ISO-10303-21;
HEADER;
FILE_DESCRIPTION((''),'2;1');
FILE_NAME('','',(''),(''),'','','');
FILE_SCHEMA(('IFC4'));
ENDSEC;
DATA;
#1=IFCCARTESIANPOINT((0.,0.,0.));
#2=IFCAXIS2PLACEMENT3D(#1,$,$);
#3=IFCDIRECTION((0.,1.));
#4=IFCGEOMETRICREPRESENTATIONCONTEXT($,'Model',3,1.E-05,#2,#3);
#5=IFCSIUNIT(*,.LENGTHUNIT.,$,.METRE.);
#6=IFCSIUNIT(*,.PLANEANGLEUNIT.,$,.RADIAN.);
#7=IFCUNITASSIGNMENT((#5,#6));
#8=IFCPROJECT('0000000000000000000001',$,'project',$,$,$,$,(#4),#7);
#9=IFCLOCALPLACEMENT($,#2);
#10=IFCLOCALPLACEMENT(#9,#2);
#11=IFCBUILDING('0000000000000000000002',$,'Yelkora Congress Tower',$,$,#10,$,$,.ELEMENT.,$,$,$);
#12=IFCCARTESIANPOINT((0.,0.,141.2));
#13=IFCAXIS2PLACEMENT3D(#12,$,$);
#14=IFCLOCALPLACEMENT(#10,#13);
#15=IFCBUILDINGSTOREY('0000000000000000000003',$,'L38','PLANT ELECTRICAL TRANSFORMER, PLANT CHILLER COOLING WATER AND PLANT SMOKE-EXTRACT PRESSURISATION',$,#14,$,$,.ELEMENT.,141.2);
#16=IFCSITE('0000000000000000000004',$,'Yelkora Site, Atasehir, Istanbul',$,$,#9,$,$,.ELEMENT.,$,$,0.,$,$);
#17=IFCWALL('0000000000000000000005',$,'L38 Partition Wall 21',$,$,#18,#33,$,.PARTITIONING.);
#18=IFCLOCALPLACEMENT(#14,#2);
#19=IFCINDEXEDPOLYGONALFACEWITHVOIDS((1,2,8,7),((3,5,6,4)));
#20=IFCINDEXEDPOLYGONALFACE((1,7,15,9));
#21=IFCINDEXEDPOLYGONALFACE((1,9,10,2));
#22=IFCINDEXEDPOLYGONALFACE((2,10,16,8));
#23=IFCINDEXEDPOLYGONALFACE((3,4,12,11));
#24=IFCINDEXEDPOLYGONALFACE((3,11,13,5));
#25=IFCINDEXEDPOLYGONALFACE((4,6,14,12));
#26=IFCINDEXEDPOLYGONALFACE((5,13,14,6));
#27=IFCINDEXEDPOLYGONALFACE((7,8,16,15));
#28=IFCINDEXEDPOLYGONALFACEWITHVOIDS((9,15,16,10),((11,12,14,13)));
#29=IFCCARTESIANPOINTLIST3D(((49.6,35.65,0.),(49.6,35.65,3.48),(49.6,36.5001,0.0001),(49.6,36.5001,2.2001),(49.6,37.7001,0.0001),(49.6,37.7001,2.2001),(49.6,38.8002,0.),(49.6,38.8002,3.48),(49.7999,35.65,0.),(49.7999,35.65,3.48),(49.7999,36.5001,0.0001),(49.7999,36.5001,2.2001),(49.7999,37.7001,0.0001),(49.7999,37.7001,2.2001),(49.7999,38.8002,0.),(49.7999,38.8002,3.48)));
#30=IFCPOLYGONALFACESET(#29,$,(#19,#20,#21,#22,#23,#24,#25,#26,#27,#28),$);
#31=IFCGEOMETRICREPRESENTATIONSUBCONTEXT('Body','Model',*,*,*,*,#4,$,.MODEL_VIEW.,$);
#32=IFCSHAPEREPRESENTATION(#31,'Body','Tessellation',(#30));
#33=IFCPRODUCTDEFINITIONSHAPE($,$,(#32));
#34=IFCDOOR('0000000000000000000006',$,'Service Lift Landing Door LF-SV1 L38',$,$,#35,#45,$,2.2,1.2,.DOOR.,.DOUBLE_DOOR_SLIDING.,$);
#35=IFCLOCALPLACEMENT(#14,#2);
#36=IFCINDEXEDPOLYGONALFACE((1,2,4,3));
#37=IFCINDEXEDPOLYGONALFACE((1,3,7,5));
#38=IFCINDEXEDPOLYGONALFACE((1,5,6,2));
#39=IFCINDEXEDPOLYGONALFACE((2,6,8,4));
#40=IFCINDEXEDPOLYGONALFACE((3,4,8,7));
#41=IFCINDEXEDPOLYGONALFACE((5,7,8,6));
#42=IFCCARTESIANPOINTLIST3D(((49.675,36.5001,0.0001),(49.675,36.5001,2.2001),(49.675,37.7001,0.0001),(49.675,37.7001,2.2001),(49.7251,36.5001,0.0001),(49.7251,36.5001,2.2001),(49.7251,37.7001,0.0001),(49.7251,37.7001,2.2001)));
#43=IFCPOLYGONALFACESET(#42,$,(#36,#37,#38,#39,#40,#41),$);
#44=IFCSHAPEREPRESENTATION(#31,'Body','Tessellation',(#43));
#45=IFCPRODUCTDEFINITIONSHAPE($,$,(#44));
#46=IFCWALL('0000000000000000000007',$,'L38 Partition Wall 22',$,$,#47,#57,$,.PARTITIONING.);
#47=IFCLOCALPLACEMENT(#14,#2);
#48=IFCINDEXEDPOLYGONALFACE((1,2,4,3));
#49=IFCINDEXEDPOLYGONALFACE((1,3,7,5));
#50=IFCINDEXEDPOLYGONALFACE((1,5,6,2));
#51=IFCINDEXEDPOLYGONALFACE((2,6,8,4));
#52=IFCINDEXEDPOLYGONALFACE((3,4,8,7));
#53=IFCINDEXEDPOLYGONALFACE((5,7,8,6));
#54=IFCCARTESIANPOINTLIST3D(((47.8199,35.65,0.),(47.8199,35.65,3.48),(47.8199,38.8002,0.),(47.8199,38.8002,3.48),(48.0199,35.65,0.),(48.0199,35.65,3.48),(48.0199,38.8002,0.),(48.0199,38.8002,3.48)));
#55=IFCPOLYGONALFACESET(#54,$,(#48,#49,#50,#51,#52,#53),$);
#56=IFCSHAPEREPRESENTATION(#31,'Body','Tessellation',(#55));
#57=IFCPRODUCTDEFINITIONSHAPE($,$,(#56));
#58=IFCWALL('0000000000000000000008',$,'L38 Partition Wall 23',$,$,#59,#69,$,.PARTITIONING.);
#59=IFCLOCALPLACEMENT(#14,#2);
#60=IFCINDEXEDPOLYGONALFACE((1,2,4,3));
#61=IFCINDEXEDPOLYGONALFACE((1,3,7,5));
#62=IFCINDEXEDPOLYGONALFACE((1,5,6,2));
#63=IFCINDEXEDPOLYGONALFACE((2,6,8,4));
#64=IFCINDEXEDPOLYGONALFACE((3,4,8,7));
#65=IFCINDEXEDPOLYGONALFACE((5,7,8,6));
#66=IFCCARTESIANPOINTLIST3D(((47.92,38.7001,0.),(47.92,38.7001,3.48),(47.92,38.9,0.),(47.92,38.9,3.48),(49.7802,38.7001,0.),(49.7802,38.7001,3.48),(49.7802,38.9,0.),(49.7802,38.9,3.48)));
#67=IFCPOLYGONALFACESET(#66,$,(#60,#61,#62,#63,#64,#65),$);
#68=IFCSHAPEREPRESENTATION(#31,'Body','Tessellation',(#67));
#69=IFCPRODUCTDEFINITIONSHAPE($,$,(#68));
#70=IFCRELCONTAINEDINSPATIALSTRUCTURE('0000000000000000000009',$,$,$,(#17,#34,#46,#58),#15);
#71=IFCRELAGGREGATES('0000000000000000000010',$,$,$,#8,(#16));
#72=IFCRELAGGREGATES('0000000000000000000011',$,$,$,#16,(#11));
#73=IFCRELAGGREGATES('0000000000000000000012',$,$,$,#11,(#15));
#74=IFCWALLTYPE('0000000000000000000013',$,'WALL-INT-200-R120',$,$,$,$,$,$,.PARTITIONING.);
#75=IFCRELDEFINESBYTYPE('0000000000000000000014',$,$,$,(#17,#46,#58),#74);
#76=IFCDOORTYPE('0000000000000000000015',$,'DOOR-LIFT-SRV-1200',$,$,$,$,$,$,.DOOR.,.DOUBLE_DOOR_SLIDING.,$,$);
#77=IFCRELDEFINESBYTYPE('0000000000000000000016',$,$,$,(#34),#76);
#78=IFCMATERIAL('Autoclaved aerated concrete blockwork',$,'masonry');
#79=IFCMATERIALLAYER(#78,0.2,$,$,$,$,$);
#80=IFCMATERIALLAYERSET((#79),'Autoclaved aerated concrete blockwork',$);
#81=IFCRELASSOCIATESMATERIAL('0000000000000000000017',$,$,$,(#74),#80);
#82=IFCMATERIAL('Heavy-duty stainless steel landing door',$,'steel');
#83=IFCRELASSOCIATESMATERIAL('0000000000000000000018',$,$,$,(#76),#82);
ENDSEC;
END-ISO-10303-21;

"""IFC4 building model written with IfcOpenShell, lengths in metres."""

from ifc_helpers import new_model, si_unit, direction, frame, frame_2d, origin, place, context, subcontext, project, spatial, rectangle, extrude, material, layer, layer_set, type_object, element, fill, save


model = new_model("IFC4")

# Units and contexts
model_context = context("Model", 3, precision=1e-05, world=origin(), true_north=direction((0.0, 1.0)))
body_context = subcontext(model_context, "Body", "Model", "MODEL_VIEW")
ifc_project = project(units=[si_unit("LENGTHUNIT", "METRE"), si_unit("PLANEANGLEUNIT", "RADIAN")], contexts=[model_context])

# Site, building, storey
site_placement = place(None, origin())
site = spatial("IfcSite", under=ifc_project, at=site_placement, Name="Yelkora Site, Atasehir, Istanbul", CompositionType="ELEMENT", RefElevation=0.0)
building_placement = place(site_placement, origin())
building = spatial("IfcBuilding", under=site, at=building_placement, Name="Yelkora Congress Tower", CompositionType="ELEMENT")
storey_placement = place(building_placement, frame((0.0, 0.0, 141.2)))
storey = spatial("IfcBuildingStorey", under=building, at=storey_placement, Name="L38", Description="PLANT ELECTRICAL TRANSFORMER, PLANT CHILLER COOLING WATER AND PLANT SMOKE-EXTRACT PRESSURISATION", CompositionType="ELEMENT", Elevation=141.2)

# Wall, opening, door
ifc_material_1 = material(Name="Autoclaved aerated concrete blockwork", Category="masonry")
ifc_layer_1 = layer(ifc_material_1, 0.2)
ifc_layer_set_1 = layer_set([ifc_layer_1], Name="Autoclaved aerated concrete blockwork")
wall_type_1 = type_object("IfcWallType", Name="WALL-INT-200-R120", PredefinedType="PARTITIONING", material=ifc_layer_set_1)
wall_1_placement = place(storey_placement, frame((49.7, 35.6499, 0.0), z_axis=(0.0, 0.0, 1.0), x_axis=(0.0, 1.0, 0.0)))
wall_1 = element("IfcWall", 1, at=wall_1_placement, inside=storey, type_object=wall_type_1, Name="L38 Partition Wall 21", PredefinedType="PARTITIONING", context=body_context, shape_type="SweptSolid", body=[
    extrude(rectangle(XDim=3.1501, YDim=0.2, at=frame_2d((1.5752, 0.0))), origin(), (0.0, 0.0, 1.0), 3.48),
])
opening_1_placement = place(wall_1_placement, frame((0.8501, 0.0, 0.0)))
opening_1 = element("IfcOpeningElement", 2, at=opening_1_placement, cuts=wall_1, PredefinedType="OPENING", context=body_context, shape_type="SweptSolid", body=[
    extrude(rectangle(XDim=1.2, YDim=2.2, at=frame_2d((0.6001, 1.1001))), frame((0.0, 0.1099, 0.0), z_axis=(0.0, -1.0, 0.0), x_axis=(1.0, 0.0, 0.0)), (0.0, 0.0, 1.0), 0.22),
])
ifc_material_2 = material(Name="Heavy-duty stainless steel landing door", Category="steel")
door_type_1 = type_object("IfcDoorType", Name="DOOR-LIFT-SRV-1200", OperationType="DOUBLE_DOOR_SLIDING", PredefinedType="DOOR", material=ifc_material_2)
door_1_placement = place(opening_1_placement, origin())
door_1 = element("IfcDoor", 3, at=door_1_placement, inside=storey, type_object=door_type_1, Name="Service Lift Landing Door LF-SV1 L38", OperationType="DOUBLE_DOOR_SLIDING", OverallHeight=2.2, OverallWidth=1.2, PredefinedType="DOOR", context=body_context, shape_type="SweptSolid", body=[
    extrude(rectangle(XDim=1.2, YDim=2.2, at=frame_2d((0.6001, 1.1001))), frame((0.0, 0.0249, 0.0), z_axis=(0.0, -1.0, 0.0), x_axis=(1.0, 0.0, 0.0)), (0.0, 0.0, 1.0), 0.05),
])
fill(opening_1, door_1)

# Walls
wall_2_placement = place(storey_placement, frame((47.9199, 35.6499, 0.0), z_axis=(0.0, 0.0, 1.0), x_axis=(0.0, 1.0, 0.0)))
element("IfcWall", 4, at=wall_2_placement, inside=storey, type_object=wall_type_1, Name="L38 Partition Wall 22", PredefinedType="PARTITIONING", context=body_context, shape_type="SweptSolid", body=[
    extrude(rectangle(XDim=3.1501, YDim=0.2, at=frame_2d((1.5752, 0.0))), origin(), (0.0, 0.0, 1.0), 3.48),
])
wall_3_placement = place(storey_placement, frame((47.9199, 38.8, 0.0), z_axis=(0.0, 0.0, 1.0), x_axis=(1.0, 0.0, 0.0)))
element("IfcWall", 5, at=wall_3_placement, inside=storey, type_object=wall_type_1, Name="L38 Partition Wall 23", PredefinedType="PARTITIONING", context=body_context, shape_type="SweptSolid", body=[
    extrude(rectangle(XDim=1.8601, YDim=0.2, at=frame_2d((0.9302, 0.0))), origin(), (0.0, 0.0, 1.0), 3.48),
])

save(model, "model.ifc")
